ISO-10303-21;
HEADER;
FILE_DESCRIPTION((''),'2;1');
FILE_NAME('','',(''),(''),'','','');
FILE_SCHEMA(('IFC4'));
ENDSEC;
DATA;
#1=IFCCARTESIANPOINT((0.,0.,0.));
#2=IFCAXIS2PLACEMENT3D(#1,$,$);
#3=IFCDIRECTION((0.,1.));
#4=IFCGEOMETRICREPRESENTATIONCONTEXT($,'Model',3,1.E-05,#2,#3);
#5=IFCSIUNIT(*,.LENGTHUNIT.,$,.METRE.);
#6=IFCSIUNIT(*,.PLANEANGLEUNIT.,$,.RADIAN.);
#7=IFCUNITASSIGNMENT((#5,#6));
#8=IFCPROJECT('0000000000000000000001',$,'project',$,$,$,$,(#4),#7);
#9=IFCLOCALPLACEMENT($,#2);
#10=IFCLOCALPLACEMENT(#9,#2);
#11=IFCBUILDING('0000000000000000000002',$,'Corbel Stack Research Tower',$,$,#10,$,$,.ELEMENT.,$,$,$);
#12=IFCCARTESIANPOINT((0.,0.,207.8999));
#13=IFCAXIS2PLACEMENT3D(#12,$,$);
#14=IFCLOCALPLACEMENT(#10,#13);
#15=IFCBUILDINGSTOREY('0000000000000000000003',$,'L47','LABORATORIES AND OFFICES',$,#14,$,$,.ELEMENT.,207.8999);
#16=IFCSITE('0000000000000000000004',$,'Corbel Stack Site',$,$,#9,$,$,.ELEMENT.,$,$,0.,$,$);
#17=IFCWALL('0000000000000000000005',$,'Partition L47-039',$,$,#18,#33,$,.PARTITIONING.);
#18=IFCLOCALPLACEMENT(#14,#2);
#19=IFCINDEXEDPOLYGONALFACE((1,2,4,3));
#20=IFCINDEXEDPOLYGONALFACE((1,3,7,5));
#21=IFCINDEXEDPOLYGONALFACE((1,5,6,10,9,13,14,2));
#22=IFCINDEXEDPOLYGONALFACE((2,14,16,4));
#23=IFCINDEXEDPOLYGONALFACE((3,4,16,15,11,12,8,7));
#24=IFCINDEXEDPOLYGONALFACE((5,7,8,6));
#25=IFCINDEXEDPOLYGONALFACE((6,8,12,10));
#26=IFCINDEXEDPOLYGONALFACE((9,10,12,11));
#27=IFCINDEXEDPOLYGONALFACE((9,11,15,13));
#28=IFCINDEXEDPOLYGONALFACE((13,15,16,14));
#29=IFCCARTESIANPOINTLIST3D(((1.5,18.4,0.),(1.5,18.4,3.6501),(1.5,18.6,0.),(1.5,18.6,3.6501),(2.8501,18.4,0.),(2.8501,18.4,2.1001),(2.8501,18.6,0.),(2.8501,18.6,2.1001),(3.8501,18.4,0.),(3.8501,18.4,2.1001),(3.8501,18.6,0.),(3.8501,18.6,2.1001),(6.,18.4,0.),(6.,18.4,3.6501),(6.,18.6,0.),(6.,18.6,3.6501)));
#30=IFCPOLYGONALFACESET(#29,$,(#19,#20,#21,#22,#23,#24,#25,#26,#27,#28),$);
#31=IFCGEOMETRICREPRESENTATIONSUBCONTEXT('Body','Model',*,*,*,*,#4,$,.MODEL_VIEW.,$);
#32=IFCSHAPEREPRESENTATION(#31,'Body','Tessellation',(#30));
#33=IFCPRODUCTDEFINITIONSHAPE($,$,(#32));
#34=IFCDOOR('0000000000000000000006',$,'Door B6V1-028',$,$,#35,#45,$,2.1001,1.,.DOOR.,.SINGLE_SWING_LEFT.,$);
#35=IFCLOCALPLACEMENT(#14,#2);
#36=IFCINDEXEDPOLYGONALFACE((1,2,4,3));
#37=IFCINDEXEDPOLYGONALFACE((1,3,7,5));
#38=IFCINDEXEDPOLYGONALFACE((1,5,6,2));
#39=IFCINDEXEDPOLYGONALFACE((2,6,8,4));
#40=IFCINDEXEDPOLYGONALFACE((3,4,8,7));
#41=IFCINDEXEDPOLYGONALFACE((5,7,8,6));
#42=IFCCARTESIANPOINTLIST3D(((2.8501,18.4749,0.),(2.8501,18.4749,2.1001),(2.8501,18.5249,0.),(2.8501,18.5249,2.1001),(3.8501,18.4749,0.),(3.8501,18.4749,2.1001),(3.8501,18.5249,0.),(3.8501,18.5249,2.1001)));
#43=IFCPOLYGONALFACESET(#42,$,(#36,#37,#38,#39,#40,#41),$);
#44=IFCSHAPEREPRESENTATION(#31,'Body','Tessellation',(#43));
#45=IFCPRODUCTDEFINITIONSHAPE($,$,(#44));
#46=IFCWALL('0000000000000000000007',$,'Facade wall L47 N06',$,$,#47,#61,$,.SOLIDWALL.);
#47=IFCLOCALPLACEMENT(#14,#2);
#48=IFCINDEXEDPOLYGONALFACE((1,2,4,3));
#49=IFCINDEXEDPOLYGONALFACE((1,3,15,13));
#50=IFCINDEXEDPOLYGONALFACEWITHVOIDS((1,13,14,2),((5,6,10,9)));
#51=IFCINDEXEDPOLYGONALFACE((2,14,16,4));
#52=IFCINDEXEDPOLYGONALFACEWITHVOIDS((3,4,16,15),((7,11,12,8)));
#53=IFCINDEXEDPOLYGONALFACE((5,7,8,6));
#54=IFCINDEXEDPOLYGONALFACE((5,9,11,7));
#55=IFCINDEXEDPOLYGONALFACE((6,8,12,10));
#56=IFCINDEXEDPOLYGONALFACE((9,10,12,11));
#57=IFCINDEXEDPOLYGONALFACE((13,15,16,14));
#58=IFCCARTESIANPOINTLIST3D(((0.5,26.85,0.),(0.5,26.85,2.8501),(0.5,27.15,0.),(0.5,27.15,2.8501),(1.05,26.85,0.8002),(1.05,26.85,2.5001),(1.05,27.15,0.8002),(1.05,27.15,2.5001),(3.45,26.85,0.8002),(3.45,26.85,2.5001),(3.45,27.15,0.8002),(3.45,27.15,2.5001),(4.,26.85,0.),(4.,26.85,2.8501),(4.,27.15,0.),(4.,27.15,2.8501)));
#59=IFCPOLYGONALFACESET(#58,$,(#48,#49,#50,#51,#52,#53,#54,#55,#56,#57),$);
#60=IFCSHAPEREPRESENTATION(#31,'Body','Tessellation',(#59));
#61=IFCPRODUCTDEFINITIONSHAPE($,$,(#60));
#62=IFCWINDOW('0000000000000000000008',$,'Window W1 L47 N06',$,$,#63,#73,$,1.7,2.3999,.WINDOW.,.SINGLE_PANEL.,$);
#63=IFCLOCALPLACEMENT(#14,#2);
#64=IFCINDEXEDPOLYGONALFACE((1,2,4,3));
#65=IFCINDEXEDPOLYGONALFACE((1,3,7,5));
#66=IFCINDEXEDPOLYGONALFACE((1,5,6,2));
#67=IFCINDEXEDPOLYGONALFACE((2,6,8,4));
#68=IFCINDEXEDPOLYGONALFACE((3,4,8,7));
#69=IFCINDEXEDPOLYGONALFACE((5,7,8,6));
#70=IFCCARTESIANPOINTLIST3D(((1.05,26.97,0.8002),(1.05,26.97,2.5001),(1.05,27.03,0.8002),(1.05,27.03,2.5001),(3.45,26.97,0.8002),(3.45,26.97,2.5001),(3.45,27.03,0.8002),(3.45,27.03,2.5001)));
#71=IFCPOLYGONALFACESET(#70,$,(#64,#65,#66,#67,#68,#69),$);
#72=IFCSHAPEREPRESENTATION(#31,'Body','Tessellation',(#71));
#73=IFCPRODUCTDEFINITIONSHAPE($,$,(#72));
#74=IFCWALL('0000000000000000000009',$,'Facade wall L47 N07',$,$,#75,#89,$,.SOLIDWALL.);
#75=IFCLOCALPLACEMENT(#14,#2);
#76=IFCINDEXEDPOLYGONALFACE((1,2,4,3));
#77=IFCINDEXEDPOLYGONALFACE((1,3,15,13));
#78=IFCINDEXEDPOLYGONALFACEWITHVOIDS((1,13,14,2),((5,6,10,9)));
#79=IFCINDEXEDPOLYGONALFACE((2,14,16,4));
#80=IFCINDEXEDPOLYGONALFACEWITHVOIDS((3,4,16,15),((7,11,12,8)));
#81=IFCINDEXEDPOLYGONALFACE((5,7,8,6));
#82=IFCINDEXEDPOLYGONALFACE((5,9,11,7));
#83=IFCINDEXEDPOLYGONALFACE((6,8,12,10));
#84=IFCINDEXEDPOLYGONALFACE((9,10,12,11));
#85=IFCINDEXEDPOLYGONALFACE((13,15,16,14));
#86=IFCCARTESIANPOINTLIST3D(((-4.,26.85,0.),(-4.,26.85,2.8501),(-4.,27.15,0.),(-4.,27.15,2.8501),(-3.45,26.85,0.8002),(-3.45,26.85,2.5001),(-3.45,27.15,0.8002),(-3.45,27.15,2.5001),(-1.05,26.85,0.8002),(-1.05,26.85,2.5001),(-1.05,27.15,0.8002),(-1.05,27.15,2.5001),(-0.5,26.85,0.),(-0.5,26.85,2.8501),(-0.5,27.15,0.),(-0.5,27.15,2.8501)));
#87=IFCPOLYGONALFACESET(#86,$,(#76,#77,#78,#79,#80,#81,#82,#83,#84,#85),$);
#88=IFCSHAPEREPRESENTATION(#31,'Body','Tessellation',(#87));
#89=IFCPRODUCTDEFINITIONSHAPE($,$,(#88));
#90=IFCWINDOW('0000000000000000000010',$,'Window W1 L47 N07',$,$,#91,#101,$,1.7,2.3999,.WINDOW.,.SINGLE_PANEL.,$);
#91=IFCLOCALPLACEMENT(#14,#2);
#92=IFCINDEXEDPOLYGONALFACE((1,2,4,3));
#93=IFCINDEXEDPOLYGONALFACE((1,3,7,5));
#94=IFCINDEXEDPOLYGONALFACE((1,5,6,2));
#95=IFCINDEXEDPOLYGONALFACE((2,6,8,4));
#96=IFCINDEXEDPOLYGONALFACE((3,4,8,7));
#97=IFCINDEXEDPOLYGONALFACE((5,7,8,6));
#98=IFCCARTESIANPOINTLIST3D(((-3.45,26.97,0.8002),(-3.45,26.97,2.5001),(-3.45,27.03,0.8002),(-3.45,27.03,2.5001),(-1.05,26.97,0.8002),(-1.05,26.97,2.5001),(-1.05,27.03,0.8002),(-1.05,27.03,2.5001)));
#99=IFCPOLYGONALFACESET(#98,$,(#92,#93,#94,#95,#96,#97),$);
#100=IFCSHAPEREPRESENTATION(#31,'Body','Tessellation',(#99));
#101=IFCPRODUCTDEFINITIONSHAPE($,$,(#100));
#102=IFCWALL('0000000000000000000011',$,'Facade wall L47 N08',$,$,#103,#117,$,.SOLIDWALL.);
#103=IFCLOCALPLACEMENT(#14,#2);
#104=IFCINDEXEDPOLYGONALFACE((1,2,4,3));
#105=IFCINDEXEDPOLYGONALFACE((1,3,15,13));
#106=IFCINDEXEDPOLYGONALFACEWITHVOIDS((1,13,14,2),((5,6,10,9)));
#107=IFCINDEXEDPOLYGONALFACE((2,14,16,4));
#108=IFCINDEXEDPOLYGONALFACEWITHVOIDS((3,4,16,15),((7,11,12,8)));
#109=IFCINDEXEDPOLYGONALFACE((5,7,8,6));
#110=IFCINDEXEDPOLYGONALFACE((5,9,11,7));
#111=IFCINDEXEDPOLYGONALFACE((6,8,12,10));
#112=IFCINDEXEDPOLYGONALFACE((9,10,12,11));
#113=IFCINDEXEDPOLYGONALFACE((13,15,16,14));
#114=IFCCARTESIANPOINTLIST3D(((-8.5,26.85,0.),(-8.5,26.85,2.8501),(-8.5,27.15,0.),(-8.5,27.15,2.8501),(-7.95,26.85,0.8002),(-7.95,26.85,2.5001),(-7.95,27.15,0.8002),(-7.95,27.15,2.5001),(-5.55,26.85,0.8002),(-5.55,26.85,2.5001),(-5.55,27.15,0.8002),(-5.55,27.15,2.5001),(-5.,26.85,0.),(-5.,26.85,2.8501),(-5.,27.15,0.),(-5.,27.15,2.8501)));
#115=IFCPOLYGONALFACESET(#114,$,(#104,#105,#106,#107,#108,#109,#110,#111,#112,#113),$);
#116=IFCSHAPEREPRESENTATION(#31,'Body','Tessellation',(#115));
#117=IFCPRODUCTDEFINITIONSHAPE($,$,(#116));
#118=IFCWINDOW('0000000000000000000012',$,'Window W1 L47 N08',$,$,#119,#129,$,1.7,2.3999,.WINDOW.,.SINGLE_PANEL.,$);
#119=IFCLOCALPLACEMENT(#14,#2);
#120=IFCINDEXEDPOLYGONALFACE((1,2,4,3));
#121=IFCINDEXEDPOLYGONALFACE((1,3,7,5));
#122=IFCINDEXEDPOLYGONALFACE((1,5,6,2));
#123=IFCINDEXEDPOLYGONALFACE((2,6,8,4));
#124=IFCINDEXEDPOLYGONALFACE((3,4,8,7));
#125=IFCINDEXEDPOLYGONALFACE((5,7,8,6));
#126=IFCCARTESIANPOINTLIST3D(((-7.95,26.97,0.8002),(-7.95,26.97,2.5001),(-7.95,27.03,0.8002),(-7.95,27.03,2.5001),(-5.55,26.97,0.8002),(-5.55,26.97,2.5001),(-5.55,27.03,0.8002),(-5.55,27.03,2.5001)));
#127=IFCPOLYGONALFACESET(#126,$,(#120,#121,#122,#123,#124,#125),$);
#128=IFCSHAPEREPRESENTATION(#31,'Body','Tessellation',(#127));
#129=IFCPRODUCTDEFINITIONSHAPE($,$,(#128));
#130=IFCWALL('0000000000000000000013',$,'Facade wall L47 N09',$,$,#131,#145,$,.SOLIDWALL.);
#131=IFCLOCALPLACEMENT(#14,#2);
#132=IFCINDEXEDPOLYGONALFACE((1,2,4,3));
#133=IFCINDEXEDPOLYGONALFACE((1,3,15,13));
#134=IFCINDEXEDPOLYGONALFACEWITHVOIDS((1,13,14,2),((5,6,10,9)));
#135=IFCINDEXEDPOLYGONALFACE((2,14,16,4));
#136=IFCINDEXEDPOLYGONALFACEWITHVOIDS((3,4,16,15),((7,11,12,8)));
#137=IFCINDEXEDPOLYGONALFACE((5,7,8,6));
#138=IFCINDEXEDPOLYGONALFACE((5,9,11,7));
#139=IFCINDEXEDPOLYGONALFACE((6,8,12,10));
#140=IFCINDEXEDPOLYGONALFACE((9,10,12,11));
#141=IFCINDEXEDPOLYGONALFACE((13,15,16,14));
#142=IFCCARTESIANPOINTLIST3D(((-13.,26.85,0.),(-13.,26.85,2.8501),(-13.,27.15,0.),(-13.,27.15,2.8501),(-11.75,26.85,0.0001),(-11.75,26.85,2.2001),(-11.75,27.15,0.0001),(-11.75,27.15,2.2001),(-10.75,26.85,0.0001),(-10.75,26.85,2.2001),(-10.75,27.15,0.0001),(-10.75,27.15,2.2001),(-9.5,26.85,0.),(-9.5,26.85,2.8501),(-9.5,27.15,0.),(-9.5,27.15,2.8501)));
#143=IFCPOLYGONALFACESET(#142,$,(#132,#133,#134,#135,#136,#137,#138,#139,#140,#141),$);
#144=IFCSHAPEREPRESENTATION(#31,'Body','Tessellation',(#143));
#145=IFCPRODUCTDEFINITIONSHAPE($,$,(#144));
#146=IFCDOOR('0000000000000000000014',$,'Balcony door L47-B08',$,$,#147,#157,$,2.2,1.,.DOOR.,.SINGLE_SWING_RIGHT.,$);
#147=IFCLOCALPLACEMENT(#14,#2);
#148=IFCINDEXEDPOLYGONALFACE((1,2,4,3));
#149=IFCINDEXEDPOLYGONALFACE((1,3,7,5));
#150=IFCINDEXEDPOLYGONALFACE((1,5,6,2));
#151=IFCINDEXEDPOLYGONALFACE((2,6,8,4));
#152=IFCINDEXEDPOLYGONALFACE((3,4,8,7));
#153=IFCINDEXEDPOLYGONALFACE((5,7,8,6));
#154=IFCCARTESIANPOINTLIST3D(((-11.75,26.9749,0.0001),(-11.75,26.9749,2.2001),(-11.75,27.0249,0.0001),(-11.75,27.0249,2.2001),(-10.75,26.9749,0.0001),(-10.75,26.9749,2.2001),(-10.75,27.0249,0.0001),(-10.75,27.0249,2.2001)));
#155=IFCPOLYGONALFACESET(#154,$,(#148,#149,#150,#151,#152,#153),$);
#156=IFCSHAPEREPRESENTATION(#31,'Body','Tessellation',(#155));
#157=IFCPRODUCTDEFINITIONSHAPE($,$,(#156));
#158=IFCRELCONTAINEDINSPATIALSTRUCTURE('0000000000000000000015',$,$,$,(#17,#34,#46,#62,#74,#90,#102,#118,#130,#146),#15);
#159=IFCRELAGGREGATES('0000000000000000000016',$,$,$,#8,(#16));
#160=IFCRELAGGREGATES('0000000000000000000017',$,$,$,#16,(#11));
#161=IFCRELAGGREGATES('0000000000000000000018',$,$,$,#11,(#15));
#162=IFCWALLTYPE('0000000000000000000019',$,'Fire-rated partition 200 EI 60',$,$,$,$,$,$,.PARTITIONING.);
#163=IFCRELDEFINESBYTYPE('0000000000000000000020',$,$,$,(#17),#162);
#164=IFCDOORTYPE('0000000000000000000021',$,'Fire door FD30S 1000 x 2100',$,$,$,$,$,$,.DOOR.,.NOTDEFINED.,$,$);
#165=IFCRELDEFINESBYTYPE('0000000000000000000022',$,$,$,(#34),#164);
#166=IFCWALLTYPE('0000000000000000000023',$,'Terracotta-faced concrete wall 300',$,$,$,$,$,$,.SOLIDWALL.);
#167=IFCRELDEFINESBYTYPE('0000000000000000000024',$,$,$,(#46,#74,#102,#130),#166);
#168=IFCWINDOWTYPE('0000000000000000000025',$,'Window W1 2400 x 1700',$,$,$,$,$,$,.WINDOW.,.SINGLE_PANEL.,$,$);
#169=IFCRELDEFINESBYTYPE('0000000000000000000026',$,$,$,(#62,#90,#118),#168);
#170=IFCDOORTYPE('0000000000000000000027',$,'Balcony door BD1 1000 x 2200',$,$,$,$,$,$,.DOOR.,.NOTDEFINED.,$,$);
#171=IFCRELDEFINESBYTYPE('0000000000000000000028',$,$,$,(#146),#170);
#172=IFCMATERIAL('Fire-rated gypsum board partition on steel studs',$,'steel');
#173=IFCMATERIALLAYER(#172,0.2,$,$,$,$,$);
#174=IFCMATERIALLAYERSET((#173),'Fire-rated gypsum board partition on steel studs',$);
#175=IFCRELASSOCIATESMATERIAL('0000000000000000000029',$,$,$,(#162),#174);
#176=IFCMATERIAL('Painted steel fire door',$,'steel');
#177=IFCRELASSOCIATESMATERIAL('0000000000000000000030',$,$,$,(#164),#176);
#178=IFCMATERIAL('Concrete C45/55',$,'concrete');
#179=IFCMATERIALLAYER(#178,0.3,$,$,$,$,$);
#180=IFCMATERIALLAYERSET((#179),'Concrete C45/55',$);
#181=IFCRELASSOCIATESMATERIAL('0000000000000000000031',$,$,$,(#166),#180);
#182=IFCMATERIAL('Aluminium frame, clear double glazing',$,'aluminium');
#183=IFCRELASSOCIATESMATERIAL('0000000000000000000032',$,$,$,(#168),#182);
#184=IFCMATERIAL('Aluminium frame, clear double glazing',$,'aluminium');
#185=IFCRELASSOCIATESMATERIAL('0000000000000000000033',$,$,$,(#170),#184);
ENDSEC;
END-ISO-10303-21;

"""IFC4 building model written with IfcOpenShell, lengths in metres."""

from ifc_helpers import new_model, si_unit, direction, frame, frame_2d, origin, place, context, subcontext, project, spatial, rectangle, extrude, material, layer, layer_set, type_object, element, fill, save


model = new_model("IFC4")

# Units and contexts
model_context = context("Model", 3, precision=1e-05, world=origin(), true_north=direction((0.0, 1.0)))
body_context = subcontext(model_context, "Body", "Model", "MODEL_VIEW")
ifc_project = project(units=[si_unit("LENGTHUNIT", "METRE"), si_unit("PLANEANGLEUNIT", "RADIAN")], contexts=[model_context])

# Site, building, storey
site_placement = place(None, origin())
site = spatial("IfcSite", under=ifc_project, at=site_placement, Name="Corbel Stack Site", CompositionType="ELEMENT", RefElevation=0.0)
building_placement = place(site_placement, origin())
building = spatial("IfcBuilding", under=site, at=building_placement, Name="Corbel Stack Research Tower", CompositionType="ELEMENT")
storey_placement = place(building_placement, frame((0.0, 0.0, 207.8999)))
storey = spatial("IfcBuildingStorey", under=building, at=storey_placement, Name="L47", Description="LABORATORIES AND OFFICES", CompositionType="ELEMENT", Elevation=207.8999)

# Shared definitions
ifc_material_1 = material(Name="Fire-rated gypsum board partition on steel studs", Category="steel")
ifc_layer_1 = layer(ifc_material_1, 0.2)
ifc_layer_set_1 = layer_set([ifc_layer_1], Name="Fire-rated gypsum board partition on steel studs")
wall_type_1 = type_object("IfcWallType", Name="Fire-rated partition 200 EI 60", PredefinedType="PARTITIONING", material=ifc_layer_set_1)

# Wall, opening, door
wall_1_placement = place(storey_placement, frame((1.5, 18.5, 0.0), z_axis=(0.0, 0.0, 1.0), x_axis=(1.0, 0.0, 0.0)))
wall_1 = element("IfcWall", 1, at=wall_1_placement, inside=storey, type_object=wall_type_1, Name="Partition L47-039", PredefinedType="PARTITIONING", context=body_context, shape_type="SweptSolid", body=[
    extrude(rectangle(XDim=4.5, YDim=0.2, at=frame_2d((2.25, 0.0))), origin(), (0.0, 0.0, 1.0), 3.6501),
])
opening_1_placement = place(wall_1_placement, frame((1.3501, 0.0, 0.0)))
opening_1 = element("IfcOpeningElement", 2, at=opening_1_placement, cuts=wall_1, PredefinedType="OPENING", context=body_context, shape_type="SweptSolid", body=[
    extrude(rectangle(XDim=1.0, YDim=2.1001, at=frame_2d((0.5, 1.05))), frame((0.0, 0.1099, 0.0), z_axis=(0.0, -1.0, 0.0), x_axis=(1.0, 0.0, 0.0)), (0.0, 0.0, 1.0), 0.22),
])
ifc_material_2 = material(Name="Painted steel fire door", Category="steel")
door_type_1 = type_object("IfcDoorType", Name="Fire door FD30S 1000 x 2100", OperationType="NOTDEFINED", PredefinedType="DOOR", material=ifc_material_2)
door_1_placement = place(opening_1_placement, origin())
door_1 = element("IfcDoor", 3, at=door_1_placement, inside=storey, type_object=door_type_1, Name="Door B6V1-028", OperationType="SINGLE_SWING_LEFT", OverallHeight=2.1001, OverallWidth=1.0, PredefinedType="DOOR", context=body_context, shape_type="SweptSolid", body=[
    extrude(rectangle(XDim=1.0, YDim=2.1001, at=frame_2d((0.5, 1.05))), frame((0.0, 0.0249, 0.0), z_axis=(0.0, -1.0, 0.0), x_axis=(1.0, 0.0, 0.0)), (0.0, 0.0, 1.0), 0.05),
])
fill(opening_1, door_1)

# Walls, openings, windows
ifc_material_3 = material(Name="Concrete C45/55", Category="concrete")
ifc_layer_2 = layer(ifc_material_3, 0.3)
ifc_layer_set_2 = layer_set([ifc_layer_2], Name="Concrete C45/55")
wall_type_2 = type_object("IfcWallType", Name="Terracotta-faced concrete wall 300", PredefinedType="SOLIDWALL", material=ifc_layer_set_2)
wall_2_placement = place(storey_placement, frame((0.5, 27.0, 0.0), z_axis=(0.0, 0.0, 1.0), x_axis=(1.0, 0.0, 0.0)))
wall_2 = element("IfcWall", 4, at=wall_2_placement, inside=storey, type_object=wall_type_2, Name="Facade wall L47 N06", PredefinedType="SOLIDWALL", context=body_context, shape_type="SweptSolid", body=[
    extrude(rectangle(XDim=3.5, YDim=0.3, at=frame_2d((1.75, 0.0))), origin(), (0.0, 0.0, 1.0), 2.8501),
])
opening_2_placement = place(wall_2_placement, frame((0.55, 0.0, 0.8)))
opening_2 = element("IfcOpeningElement", 5, at=opening_2_placement, cuts=wall_2, PredefinedType="OPENING", context=body_context, shape_type="SweptSolid", body=[
    extrude(rectangle(XDim=2.3999, YDim=1.7, at=frame_2d((1.2, 0.8501))), frame((0.0, 0.1599, 0.0), z_axis=(0.0, -1.0, 0.0), x_axis=(1.0, 0.0, 0.0)), (0.0, 0.0, 1.0), 0.3201),
])
ifc_material_4 = material(Name="Aluminium frame, clear double glazing", Category="aluminium")
window_type = type_object("IfcWindowType", Name="Window W1 2400 x 1700", PartitioningType="SINGLE_PANEL", PredefinedType="WINDOW", material=ifc_material_4)
window_1_placement = place(opening_2_placement, origin())
window_1 = element("IfcWindow", 6, at=window_1_placement, inside=storey, type_object=window_type, Name="Window W1 L47 N06", OverallHeight=1.7, OverallWidth=2.3999, PartitioningType="SINGLE_PANEL", PredefinedType="WINDOW", context=body_context, shape_type="SweptSolid", body=[
    extrude(rectangle(XDim=2.3999, YDim=1.7, at=frame_2d((1.2, 0.8501))), frame((0.0, 0.03, 0.0), z_axis=(0.0, -1.0, 0.0), x_axis=(1.0, 0.0, 0.0)), (0.0, 0.0, 1.0), 0.0601),
])
fill(opening_2, window_1)
wall_3_placement = place(storey_placement, frame((-4.0, 27.0, 0.0), z_axis=(0.0, 0.0, 1.0), x_axis=(1.0, 0.0, 0.0)))
wall_3 = element("IfcWall", 7, at=wall_3_placement, inside=storey, type_object=wall_type_2, Name="Facade wall L47 N07", PredefinedType="SOLIDWALL", context=body_context, shape_type="SweptSolid", body=[
    extrude(rectangle(XDim=3.5, YDim=0.3, at=frame_2d((1.75, 0.0))), origin(), (0.0, 0.0, 1.0), 2.8501),
])
opening_3_placement = place(wall_3_placement, frame((0.55, 0.0, 0.8)))
opening_3 = element("IfcOpeningElement", 8, at=opening_3_placement, cuts=wall_3, PredefinedType="OPENING", context=body_context, shape_type="SweptSolid", body=[
    extrude(rectangle(XDim=2.3999, YDim=1.7, at=frame_2d((1.2, 0.8501))), frame((0.0, 0.1599, 0.0), z_axis=(0.0, -1.0, 0.0), x_axis=(1.0, 0.0, 0.0)), (0.0, 0.0, 1.0), 0.3201),
])
window_2_placement = place(opening_3_placement, origin())
window_2 = element("IfcWindow", 9, at=window_2_placement, inside=storey, type_object=window_type, Name="Window W1 L47 N07", OverallHeight=1.7, OverallWidth=2.3999, PartitioningType="SINGLE_PANEL", PredefinedType="WINDOW", context=body_context, shape_type="SweptSolid", body=[
    extrude(rectangle(XDim=2.3999, YDim=1.7, at=frame_2d((1.2, 0.8501))), frame((0.0, 0.03, 0.0), z_axis=(0.0, -1.0, 0.0), x_axis=(1.0, 0.0, 0.0)), (0.0, 0.0, 1.0), 0.0601),
])
fill(opening_3, window_2)
wall_4_placement = place(storey_placement, frame((-8.5, 27.0, 0.0), z_axis=(0.0, 0.0, 1.0), x_axis=(1.0, 0.0, 0.0)))
wall_4 = element("IfcWall", 10, at=wall_4_placement, inside=storey, type_object=wall_type_2, Name="Facade wall L47 N08", PredefinedType="SOLIDWALL", context=body_context, shape_type="SweptSolid", body=[
    extrude(rectangle(XDim=3.5, YDim=0.3, at=frame_2d((1.75, 0.0))), origin(), (0.0, 0.0, 1.0), 2.8501),
])
opening_4_placement = place(wall_4_placement, frame((0.55, 0.0, 0.8)))
opening_4 = element("IfcOpeningElement", 11, at=opening_4_placement, cuts=wall_4, PredefinedType="OPENING", context=body_context, shape_type="SweptSolid", body=[
    extrude(rectangle(XDim=2.3999, YDim=1.7, at=frame_2d((1.2, 0.8501))), frame((0.0, 0.1599, 0.0), z_axis=(0.0, -1.0, 0.0), x_axis=(1.0, 0.0, 0.0)), (0.0, 0.0, 1.0), 0.3201),
])
window_3_placement = place(opening_4_placement, origin())
window_3 = element("IfcWindow", 12, at=window_3_placement, inside=storey, type_object=window_type, Name="Window W1 L47 N08", OverallHeight=1.7, OverallWidth=2.3999, PartitioningType="SINGLE_PANEL", PredefinedType="WINDOW", context=body_context, shape_type="SweptSolid", body=[
    extrude(rectangle(XDim=2.3999, YDim=1.7, at=frame_2d((1.2, 0.8501))), frame((0.0, 0.03, 0.0), z_axis=(0.0, -1.0, 0.0), x_axis=(1.0, 0.0, 0.0)), (0.0, 0.0, 1.0), 0.0601),
])
fill(opening_4, window_3)

# Wall, opening, door
wall_5_placement = place(storey_placement, frame((-13.0, 27.0, 0.0), z_axis=(0.0, 0.0, 1.0), x_axis=(1.0, 0.0, 0.0)))
wall_5 = element("IfcWall", 13, at=wall_5_placement, inside=storey, type_object=wall_type_2, Name="Facade wall L47 N09", PredefinedType="SOLIDWALL", context=body_context, shape_type="SweptSolid", body=[
    extrude(rectangle(XDim=3.5, YDim=0.3, at=frame_2d((1.75, 0.0))), origin(), (0.0, 0.0, 1.0), 2.8501),
])
opening_5_placement = place(wall_5_placement, frame((1.25, 0.0, 0.0)))
opening_5 = element("IfcOpeningElement", 14, at=opening_5_placement, cuts=wall_5, PredefinedType="OPENING", context=body_context, shape_type="SweptSolid", body=[
    extrude(rectangle(XDim=1.0, YDim=2.2, at=frame_2d((0.5, 1.1001))), frame((0.0, 0.1599, 0.0), z_axis=(0.0, -1.0, 0.0), x_axis=(1.0, 0.0, 0.0)), (0.0, 0.0, 1.0), 0.3201),
])
ifc_material_5 = material(Name="Aluminium frame, clear double glazing", Category="aluminium")
door_type_2 = type_object("IfcDoorType", Name="Balcony door BD1 1000 x 2200", OperationType="NOTDEFINED", PredefinedType="DOOR", material=ifc_material_5)
door_2_placement = place(opening_5_placement, origin())
door_2 = element("IfcDoor", 15, at=door_2_placement, inside=storey, type_object=door_type_2, Name="Balcony door L47-B08", OperationType="SINGLE_SWING_RIGHT", OverallHeight=2.2, OverallWidth=1.0, PredefinedType="DOOR", context=body_context, shape_type="SweptSolid", body=[
    extrude(rectangle(XDim=1.0, YDim=2.2, at=frame_2d((0.5, 1.1001))), frame((0.0, 0.0249, 0.0), z_axis=(0.0, -1.0, 0.0), x_axis=(1.0, 0.0, 0.0)), (0.0, 0.0, 1.0), 0.05),
])
fill(opening_5, door_2)

save(model, "model.ifc")
